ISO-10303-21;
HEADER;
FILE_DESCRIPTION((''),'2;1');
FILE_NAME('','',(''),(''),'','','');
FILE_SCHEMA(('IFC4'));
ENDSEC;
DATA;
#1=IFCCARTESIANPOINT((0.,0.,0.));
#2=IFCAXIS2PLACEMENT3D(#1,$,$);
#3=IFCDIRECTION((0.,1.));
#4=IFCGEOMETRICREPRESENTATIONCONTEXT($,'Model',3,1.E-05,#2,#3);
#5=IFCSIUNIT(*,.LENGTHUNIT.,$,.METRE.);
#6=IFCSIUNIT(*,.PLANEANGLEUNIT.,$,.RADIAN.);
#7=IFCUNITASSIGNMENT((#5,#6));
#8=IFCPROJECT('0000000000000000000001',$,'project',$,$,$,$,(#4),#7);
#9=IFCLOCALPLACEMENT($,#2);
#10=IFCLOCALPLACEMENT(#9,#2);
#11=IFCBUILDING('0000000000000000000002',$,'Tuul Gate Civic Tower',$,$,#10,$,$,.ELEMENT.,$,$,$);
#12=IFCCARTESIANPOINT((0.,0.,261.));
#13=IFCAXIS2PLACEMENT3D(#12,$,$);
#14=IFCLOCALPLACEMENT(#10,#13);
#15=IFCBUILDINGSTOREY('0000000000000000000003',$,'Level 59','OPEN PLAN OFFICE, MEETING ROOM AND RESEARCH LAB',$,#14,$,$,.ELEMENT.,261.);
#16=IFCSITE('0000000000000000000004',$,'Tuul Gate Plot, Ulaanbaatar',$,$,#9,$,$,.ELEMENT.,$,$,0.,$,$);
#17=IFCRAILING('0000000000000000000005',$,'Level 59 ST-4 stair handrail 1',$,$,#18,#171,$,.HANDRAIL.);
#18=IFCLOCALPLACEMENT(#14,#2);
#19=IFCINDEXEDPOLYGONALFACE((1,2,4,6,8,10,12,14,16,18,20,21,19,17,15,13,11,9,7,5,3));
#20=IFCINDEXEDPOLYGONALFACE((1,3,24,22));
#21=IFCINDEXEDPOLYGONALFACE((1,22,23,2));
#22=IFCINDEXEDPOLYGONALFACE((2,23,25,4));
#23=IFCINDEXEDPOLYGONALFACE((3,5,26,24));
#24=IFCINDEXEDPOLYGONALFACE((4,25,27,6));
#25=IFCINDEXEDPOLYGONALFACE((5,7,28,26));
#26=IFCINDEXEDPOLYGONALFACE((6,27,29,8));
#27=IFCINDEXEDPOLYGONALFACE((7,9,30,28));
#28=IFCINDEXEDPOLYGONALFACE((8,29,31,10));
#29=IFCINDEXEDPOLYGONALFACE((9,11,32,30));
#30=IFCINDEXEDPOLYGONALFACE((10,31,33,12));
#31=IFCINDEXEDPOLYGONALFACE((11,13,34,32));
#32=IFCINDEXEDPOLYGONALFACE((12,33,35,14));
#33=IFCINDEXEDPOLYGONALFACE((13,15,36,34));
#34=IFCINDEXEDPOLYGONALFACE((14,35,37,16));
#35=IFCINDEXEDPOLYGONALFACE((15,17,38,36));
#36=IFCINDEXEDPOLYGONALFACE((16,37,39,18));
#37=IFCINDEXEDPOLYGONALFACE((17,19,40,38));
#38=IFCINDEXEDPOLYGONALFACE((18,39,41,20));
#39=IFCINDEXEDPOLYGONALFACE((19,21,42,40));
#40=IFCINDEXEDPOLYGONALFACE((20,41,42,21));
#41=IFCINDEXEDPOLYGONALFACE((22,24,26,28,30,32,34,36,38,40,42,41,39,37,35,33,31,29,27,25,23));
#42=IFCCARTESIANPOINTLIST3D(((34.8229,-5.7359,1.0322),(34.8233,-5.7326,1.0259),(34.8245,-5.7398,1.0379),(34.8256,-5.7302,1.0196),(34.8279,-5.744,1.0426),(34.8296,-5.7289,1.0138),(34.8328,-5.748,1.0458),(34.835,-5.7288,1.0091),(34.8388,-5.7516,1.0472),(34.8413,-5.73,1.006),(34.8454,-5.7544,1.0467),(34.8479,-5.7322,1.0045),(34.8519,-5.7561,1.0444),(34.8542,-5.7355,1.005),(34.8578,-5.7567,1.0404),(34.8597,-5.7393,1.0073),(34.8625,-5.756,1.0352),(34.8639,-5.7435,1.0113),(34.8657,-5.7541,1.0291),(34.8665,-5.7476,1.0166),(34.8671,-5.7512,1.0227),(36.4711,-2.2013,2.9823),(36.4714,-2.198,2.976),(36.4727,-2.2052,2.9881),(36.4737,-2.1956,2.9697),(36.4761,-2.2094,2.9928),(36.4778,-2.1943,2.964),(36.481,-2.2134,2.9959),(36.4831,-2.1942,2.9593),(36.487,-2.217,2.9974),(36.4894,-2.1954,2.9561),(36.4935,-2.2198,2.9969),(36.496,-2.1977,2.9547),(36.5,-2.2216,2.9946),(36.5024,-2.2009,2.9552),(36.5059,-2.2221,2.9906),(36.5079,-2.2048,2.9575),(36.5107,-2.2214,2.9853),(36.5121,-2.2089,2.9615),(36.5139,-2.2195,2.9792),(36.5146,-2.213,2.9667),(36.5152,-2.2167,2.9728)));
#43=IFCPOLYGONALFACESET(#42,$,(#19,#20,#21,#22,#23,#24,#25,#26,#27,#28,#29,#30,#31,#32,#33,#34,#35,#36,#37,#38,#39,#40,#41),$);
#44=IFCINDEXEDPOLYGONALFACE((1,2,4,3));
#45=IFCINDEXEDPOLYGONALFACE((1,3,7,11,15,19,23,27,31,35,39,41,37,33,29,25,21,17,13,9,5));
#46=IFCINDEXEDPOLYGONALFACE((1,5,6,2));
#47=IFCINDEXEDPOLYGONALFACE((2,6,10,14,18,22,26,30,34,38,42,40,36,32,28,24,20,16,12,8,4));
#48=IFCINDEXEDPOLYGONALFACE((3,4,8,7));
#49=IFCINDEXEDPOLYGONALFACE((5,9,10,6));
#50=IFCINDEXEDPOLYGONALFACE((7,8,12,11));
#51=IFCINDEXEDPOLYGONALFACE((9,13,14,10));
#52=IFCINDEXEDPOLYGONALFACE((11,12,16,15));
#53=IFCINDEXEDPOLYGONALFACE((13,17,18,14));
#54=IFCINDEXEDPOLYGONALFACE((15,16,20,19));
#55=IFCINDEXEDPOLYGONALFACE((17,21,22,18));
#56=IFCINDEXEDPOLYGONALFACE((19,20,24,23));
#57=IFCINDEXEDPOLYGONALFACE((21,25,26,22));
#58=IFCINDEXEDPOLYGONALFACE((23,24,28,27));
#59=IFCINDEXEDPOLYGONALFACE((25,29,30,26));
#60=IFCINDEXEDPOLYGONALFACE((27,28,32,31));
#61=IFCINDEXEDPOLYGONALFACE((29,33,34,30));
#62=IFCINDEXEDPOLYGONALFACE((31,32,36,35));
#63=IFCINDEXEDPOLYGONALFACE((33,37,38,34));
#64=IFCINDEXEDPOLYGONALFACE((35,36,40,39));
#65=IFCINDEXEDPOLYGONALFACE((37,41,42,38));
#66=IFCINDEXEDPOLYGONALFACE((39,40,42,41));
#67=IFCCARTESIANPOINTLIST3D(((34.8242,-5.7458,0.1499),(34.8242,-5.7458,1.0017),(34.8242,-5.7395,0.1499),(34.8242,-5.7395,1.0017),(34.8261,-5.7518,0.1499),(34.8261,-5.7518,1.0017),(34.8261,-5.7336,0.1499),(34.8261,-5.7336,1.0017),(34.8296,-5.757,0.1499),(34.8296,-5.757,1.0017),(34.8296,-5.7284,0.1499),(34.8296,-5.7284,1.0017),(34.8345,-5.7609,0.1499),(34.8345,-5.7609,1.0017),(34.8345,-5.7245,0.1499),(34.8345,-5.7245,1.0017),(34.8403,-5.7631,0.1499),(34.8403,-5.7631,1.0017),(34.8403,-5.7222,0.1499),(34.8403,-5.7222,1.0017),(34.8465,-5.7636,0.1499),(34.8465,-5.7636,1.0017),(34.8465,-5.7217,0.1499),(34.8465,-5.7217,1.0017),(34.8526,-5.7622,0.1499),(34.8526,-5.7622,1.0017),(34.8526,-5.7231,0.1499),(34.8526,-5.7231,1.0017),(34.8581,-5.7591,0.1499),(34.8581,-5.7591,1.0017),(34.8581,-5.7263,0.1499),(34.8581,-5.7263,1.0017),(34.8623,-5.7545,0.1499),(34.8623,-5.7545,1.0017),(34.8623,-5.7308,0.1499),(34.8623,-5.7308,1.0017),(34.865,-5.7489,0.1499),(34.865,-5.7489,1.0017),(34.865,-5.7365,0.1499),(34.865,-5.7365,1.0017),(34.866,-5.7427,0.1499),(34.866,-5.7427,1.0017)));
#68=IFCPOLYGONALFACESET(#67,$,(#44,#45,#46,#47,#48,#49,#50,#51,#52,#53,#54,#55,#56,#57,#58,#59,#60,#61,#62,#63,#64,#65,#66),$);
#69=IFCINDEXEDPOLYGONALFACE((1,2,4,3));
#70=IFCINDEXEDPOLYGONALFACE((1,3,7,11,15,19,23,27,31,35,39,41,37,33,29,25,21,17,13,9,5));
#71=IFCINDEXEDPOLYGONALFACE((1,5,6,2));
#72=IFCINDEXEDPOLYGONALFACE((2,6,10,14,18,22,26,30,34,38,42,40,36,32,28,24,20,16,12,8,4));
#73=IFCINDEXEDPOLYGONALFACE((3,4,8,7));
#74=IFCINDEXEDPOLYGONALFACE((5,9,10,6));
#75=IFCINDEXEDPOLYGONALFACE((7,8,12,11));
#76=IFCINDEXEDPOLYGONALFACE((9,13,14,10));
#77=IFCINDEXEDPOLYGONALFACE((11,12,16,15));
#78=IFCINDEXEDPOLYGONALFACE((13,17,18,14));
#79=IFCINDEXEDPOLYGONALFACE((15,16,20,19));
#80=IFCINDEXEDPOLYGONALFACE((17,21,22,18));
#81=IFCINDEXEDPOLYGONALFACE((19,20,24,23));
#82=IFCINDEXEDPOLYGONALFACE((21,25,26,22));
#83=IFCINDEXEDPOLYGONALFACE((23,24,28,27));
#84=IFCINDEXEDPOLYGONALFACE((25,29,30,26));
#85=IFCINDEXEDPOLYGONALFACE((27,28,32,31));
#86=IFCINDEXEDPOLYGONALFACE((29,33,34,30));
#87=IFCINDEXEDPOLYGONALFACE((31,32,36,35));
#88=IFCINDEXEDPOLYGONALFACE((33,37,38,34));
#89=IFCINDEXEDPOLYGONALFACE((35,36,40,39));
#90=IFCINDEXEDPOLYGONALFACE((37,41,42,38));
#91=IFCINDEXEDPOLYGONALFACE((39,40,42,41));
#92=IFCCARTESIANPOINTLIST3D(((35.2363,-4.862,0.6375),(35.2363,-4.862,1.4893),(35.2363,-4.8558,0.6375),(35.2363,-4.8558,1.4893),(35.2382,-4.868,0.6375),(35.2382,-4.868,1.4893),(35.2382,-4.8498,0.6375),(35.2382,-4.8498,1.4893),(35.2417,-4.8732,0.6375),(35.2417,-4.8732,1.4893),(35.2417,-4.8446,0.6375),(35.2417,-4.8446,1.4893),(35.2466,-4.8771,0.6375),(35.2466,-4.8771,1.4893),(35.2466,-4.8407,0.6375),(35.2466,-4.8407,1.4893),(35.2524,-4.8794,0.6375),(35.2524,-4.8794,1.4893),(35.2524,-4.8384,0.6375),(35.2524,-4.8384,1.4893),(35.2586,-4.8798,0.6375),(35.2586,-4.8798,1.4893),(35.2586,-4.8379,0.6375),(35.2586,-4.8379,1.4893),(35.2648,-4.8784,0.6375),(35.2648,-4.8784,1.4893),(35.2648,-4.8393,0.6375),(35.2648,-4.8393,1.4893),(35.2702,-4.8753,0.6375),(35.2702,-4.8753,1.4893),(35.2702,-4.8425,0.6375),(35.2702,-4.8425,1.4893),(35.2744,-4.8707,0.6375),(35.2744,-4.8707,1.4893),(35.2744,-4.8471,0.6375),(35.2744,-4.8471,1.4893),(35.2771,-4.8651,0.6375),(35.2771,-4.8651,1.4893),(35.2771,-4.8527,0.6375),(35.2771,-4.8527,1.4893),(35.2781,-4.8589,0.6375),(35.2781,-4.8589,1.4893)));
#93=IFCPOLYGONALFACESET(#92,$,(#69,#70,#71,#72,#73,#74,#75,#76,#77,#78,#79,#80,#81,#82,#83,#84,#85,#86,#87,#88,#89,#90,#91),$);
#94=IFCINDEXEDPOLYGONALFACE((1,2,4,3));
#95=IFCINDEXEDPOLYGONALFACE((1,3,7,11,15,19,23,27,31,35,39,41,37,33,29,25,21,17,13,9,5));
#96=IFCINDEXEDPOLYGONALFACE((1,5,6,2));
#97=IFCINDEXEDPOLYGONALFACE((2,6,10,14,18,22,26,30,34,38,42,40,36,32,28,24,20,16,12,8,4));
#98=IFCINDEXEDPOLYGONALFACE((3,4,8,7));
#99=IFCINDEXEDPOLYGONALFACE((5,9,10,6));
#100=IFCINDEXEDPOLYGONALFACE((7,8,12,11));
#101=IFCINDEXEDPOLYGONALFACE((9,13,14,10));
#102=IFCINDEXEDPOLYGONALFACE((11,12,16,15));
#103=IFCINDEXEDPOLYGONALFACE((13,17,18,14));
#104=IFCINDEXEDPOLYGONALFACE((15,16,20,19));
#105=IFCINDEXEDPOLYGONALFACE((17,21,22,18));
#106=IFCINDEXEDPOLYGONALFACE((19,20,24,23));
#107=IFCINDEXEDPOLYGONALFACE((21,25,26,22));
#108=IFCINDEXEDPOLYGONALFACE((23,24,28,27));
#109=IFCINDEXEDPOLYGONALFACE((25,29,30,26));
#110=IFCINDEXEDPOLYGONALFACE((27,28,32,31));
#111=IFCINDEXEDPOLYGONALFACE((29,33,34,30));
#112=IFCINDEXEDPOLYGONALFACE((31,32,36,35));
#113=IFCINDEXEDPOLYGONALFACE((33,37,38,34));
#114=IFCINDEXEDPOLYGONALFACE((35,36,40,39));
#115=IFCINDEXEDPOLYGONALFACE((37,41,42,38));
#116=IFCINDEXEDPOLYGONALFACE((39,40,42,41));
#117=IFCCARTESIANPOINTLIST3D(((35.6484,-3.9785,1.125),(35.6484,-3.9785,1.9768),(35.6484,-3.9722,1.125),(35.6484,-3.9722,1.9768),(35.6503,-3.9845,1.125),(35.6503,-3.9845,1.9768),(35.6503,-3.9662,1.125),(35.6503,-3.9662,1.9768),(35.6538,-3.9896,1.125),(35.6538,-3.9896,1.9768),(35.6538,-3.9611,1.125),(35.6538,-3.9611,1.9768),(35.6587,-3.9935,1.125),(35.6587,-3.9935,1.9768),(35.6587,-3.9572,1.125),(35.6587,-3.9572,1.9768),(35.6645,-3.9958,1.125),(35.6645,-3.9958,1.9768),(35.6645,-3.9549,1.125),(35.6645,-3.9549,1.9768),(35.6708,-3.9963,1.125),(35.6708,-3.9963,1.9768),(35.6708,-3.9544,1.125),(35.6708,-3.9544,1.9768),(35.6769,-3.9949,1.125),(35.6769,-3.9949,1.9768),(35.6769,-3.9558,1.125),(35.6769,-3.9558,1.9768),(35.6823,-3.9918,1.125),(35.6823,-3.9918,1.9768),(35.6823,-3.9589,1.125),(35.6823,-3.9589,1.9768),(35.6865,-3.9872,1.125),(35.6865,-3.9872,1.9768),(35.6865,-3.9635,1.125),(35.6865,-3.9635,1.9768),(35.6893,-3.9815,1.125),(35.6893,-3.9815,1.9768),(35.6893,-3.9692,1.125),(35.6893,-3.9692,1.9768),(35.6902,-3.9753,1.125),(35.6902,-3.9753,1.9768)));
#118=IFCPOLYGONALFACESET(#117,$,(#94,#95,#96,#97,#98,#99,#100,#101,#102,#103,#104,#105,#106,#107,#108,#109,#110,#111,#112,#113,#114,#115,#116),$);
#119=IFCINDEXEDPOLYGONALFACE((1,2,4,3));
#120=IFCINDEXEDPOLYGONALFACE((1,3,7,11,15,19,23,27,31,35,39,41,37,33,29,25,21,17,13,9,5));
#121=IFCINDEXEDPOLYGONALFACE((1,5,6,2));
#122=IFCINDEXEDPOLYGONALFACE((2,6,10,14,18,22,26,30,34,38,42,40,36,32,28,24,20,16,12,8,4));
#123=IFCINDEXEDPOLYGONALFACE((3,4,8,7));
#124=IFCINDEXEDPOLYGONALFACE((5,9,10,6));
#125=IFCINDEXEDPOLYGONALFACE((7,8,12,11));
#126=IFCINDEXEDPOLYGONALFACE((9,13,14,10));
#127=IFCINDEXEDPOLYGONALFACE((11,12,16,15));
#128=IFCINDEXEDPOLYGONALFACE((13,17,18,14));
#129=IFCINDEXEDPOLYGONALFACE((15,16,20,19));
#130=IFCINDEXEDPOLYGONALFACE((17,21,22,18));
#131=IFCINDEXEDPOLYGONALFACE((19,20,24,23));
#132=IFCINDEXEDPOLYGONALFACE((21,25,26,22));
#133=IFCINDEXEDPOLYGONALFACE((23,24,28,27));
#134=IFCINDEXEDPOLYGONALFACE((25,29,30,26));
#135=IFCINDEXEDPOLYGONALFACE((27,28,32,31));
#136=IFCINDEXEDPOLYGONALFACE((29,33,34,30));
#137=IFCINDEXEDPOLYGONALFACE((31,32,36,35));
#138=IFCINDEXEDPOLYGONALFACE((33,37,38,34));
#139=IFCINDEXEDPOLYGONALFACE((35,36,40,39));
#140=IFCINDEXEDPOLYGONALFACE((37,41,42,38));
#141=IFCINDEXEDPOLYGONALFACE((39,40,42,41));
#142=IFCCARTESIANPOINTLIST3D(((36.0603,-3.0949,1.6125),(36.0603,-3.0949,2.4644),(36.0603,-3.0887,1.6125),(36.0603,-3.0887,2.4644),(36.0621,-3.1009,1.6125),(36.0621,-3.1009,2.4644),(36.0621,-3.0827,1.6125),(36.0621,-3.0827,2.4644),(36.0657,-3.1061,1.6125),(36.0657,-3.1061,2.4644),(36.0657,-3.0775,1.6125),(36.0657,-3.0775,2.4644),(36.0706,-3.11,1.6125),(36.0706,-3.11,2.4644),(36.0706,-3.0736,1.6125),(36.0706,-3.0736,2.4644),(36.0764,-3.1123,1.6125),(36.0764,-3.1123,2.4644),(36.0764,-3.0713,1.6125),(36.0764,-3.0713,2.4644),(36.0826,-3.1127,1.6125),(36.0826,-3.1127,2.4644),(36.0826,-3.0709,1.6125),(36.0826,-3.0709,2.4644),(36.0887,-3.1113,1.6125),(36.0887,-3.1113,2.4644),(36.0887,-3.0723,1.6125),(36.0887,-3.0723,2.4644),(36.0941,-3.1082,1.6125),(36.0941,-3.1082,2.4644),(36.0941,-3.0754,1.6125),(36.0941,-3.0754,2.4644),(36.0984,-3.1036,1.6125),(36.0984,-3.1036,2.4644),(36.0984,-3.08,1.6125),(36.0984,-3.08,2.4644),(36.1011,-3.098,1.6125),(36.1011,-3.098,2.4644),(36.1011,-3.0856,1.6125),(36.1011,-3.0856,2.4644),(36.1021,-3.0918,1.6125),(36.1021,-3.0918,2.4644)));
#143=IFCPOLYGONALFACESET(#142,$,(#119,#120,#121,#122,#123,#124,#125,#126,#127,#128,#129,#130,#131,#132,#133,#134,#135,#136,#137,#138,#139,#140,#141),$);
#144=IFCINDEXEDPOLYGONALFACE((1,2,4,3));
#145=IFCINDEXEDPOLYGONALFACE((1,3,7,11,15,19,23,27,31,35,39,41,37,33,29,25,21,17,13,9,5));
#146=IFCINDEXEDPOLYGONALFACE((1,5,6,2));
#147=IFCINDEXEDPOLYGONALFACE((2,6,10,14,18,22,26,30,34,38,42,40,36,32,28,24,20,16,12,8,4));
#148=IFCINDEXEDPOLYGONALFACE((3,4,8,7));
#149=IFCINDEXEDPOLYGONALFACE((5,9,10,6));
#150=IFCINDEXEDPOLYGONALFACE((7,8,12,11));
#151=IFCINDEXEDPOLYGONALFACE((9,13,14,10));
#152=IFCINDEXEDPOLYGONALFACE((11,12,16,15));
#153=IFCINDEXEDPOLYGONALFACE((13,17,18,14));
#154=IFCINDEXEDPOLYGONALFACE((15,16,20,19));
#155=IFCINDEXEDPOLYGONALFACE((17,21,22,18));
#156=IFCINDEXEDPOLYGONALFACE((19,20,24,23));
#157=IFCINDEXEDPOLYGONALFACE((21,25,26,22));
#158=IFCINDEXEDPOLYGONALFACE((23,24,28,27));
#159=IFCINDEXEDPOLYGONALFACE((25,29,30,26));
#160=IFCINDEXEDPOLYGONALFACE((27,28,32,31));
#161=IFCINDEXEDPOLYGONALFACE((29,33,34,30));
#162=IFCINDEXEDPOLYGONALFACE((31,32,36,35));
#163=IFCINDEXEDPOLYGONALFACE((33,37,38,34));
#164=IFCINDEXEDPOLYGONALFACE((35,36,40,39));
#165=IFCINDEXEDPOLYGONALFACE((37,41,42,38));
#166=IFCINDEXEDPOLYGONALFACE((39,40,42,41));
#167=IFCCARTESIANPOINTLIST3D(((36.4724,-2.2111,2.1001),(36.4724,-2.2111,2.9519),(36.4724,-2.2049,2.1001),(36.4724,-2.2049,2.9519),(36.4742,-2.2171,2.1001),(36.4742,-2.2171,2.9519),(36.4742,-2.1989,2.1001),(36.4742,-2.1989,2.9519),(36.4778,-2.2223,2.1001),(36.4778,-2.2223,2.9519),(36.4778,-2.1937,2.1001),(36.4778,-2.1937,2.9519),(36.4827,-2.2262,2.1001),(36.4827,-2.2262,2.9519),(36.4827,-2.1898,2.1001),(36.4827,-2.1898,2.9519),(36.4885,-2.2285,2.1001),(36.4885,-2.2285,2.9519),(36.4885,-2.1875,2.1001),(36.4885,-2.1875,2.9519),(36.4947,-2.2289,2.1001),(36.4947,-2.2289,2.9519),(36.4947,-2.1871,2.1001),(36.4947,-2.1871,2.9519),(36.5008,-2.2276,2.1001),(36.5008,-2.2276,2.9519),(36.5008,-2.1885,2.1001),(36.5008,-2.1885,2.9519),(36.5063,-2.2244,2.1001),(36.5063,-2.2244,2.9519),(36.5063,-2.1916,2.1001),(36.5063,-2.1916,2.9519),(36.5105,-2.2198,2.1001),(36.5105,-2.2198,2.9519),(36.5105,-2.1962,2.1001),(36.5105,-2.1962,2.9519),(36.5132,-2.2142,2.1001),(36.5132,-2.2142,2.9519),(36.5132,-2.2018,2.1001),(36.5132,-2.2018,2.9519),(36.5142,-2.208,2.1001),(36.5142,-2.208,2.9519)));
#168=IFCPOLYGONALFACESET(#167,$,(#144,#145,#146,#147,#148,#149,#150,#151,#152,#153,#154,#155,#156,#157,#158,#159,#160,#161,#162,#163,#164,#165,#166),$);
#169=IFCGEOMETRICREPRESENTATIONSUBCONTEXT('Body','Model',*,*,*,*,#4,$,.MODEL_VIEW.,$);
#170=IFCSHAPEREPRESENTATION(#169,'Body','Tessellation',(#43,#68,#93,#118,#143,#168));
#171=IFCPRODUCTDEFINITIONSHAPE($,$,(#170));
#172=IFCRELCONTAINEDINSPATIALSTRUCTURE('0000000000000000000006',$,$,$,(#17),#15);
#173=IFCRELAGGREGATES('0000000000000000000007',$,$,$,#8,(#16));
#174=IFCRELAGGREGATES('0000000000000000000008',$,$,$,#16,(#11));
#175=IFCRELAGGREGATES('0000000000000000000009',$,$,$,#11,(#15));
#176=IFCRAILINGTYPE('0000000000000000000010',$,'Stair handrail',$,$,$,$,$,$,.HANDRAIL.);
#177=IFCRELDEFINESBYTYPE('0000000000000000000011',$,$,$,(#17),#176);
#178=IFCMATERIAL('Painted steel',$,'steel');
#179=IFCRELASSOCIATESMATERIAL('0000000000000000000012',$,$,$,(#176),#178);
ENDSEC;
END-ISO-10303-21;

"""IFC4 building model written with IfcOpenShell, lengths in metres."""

from ifc_helpers import new_model, si_unit, direction, frame, origin, origin_2d, place, context, subcontext, project, spatial, circle, extrude, material, type_object, element, save


model = new_model("IFC4")

# Units and contexts
model_context = context("Model", 3, precision=1e-05, world=origin(), true_north=direction((0.0, 1.0)))
body_context = subcontext(model_context, "Body", "Model", "MODEL_VIEW")
ifc_project = project(units=[si_unit("LENGTHUNIT", "METRE"), si_unit("PLANEANGLEUNIT", "RADIAN")], contexts=[model_context])

# Site, building, storey
site_placement = place(None, origin())
site = spatial("IfcSite", under=ifc_project, at=site_placement, Name="Tuul Gate Plot, Ulaanbaatar", CompositionType="ELEMENT", RefElevation=0.0)
building_placement = place(site_placement, origin())
building = spatial("IfcBuilding", under=site, at=building_placement, Name="Tuul Gate Civic Tower", CompositionType="ELEMENT")
storey_placement = place(building_placement, frame((0.0, 0.0, 261.0)))
storey = spatial("IfcBuildingStorey", under=building, at=storey_placement, Name="Level 59", Description="OPEN PLAN OFFICE, MEETING ROOM AND RESEARCH LAB", CompositionType="ELEMENT", Elevation=261.0)

# Railing
ifc_material_1 = material(Name="Painted steel", Category="steel")
railing_type_1 = type_object("IfcRailingType", Name="Stair handrail", PredefinedType="HANDRAIL", material=ifc_material_1)
railing_1_placement = place(storey_placement, frame((34.845, -5.7427, 0.1499)))
element("IfcRailing", 1, at=railing_1_placement, inside=storey, type_object=railing_type_1, Name="Level 59 ST-4 stair handrail 1", PredefinedType="HANDRAIL", context=body_context, shape_type="SweptSolid", body=[
    extrude(circle(Radius=0.0239, at=origin_2d()), frame((0.0, 0.0, 0.876), z_axis=(0.377985, 0.810617, 0.447245), x_axis=(-0.906313, 0.422608, 0.0)), (0.0, 0.0, 1.0), 4.3604),
    extrude(circle(Radius=0.021, at=origin_2d()), origin(), (0.0, 0.0, 1.0), 0.8518),
    extrude(circle(Radius=0.021, at=origin_2d()), frame((0.4121, 0.8838, 0.4875)), (0.0, 0.0, 1.0), 0.8518),
    extrude(circle(Radius=0.021, at=origin_2d()), frame((0.8242, 1.7673, 0.9751)), (0.0, 0.0, 1.0), 0.8518),
    extrude(circle(Radius=0.021, at=origin_2d()), frame((1.2361, 2.6509, 1.4626)), (0.0, 0.0, 1.0), 0.8518),
    extrude(circle(Radius=0.021, at=origin_2d()), frame((1.6482, 3.5347, 1.9502)), (0.0, 0.0, 1.0), 0.8518),
])

save(model, "model.ifc")
